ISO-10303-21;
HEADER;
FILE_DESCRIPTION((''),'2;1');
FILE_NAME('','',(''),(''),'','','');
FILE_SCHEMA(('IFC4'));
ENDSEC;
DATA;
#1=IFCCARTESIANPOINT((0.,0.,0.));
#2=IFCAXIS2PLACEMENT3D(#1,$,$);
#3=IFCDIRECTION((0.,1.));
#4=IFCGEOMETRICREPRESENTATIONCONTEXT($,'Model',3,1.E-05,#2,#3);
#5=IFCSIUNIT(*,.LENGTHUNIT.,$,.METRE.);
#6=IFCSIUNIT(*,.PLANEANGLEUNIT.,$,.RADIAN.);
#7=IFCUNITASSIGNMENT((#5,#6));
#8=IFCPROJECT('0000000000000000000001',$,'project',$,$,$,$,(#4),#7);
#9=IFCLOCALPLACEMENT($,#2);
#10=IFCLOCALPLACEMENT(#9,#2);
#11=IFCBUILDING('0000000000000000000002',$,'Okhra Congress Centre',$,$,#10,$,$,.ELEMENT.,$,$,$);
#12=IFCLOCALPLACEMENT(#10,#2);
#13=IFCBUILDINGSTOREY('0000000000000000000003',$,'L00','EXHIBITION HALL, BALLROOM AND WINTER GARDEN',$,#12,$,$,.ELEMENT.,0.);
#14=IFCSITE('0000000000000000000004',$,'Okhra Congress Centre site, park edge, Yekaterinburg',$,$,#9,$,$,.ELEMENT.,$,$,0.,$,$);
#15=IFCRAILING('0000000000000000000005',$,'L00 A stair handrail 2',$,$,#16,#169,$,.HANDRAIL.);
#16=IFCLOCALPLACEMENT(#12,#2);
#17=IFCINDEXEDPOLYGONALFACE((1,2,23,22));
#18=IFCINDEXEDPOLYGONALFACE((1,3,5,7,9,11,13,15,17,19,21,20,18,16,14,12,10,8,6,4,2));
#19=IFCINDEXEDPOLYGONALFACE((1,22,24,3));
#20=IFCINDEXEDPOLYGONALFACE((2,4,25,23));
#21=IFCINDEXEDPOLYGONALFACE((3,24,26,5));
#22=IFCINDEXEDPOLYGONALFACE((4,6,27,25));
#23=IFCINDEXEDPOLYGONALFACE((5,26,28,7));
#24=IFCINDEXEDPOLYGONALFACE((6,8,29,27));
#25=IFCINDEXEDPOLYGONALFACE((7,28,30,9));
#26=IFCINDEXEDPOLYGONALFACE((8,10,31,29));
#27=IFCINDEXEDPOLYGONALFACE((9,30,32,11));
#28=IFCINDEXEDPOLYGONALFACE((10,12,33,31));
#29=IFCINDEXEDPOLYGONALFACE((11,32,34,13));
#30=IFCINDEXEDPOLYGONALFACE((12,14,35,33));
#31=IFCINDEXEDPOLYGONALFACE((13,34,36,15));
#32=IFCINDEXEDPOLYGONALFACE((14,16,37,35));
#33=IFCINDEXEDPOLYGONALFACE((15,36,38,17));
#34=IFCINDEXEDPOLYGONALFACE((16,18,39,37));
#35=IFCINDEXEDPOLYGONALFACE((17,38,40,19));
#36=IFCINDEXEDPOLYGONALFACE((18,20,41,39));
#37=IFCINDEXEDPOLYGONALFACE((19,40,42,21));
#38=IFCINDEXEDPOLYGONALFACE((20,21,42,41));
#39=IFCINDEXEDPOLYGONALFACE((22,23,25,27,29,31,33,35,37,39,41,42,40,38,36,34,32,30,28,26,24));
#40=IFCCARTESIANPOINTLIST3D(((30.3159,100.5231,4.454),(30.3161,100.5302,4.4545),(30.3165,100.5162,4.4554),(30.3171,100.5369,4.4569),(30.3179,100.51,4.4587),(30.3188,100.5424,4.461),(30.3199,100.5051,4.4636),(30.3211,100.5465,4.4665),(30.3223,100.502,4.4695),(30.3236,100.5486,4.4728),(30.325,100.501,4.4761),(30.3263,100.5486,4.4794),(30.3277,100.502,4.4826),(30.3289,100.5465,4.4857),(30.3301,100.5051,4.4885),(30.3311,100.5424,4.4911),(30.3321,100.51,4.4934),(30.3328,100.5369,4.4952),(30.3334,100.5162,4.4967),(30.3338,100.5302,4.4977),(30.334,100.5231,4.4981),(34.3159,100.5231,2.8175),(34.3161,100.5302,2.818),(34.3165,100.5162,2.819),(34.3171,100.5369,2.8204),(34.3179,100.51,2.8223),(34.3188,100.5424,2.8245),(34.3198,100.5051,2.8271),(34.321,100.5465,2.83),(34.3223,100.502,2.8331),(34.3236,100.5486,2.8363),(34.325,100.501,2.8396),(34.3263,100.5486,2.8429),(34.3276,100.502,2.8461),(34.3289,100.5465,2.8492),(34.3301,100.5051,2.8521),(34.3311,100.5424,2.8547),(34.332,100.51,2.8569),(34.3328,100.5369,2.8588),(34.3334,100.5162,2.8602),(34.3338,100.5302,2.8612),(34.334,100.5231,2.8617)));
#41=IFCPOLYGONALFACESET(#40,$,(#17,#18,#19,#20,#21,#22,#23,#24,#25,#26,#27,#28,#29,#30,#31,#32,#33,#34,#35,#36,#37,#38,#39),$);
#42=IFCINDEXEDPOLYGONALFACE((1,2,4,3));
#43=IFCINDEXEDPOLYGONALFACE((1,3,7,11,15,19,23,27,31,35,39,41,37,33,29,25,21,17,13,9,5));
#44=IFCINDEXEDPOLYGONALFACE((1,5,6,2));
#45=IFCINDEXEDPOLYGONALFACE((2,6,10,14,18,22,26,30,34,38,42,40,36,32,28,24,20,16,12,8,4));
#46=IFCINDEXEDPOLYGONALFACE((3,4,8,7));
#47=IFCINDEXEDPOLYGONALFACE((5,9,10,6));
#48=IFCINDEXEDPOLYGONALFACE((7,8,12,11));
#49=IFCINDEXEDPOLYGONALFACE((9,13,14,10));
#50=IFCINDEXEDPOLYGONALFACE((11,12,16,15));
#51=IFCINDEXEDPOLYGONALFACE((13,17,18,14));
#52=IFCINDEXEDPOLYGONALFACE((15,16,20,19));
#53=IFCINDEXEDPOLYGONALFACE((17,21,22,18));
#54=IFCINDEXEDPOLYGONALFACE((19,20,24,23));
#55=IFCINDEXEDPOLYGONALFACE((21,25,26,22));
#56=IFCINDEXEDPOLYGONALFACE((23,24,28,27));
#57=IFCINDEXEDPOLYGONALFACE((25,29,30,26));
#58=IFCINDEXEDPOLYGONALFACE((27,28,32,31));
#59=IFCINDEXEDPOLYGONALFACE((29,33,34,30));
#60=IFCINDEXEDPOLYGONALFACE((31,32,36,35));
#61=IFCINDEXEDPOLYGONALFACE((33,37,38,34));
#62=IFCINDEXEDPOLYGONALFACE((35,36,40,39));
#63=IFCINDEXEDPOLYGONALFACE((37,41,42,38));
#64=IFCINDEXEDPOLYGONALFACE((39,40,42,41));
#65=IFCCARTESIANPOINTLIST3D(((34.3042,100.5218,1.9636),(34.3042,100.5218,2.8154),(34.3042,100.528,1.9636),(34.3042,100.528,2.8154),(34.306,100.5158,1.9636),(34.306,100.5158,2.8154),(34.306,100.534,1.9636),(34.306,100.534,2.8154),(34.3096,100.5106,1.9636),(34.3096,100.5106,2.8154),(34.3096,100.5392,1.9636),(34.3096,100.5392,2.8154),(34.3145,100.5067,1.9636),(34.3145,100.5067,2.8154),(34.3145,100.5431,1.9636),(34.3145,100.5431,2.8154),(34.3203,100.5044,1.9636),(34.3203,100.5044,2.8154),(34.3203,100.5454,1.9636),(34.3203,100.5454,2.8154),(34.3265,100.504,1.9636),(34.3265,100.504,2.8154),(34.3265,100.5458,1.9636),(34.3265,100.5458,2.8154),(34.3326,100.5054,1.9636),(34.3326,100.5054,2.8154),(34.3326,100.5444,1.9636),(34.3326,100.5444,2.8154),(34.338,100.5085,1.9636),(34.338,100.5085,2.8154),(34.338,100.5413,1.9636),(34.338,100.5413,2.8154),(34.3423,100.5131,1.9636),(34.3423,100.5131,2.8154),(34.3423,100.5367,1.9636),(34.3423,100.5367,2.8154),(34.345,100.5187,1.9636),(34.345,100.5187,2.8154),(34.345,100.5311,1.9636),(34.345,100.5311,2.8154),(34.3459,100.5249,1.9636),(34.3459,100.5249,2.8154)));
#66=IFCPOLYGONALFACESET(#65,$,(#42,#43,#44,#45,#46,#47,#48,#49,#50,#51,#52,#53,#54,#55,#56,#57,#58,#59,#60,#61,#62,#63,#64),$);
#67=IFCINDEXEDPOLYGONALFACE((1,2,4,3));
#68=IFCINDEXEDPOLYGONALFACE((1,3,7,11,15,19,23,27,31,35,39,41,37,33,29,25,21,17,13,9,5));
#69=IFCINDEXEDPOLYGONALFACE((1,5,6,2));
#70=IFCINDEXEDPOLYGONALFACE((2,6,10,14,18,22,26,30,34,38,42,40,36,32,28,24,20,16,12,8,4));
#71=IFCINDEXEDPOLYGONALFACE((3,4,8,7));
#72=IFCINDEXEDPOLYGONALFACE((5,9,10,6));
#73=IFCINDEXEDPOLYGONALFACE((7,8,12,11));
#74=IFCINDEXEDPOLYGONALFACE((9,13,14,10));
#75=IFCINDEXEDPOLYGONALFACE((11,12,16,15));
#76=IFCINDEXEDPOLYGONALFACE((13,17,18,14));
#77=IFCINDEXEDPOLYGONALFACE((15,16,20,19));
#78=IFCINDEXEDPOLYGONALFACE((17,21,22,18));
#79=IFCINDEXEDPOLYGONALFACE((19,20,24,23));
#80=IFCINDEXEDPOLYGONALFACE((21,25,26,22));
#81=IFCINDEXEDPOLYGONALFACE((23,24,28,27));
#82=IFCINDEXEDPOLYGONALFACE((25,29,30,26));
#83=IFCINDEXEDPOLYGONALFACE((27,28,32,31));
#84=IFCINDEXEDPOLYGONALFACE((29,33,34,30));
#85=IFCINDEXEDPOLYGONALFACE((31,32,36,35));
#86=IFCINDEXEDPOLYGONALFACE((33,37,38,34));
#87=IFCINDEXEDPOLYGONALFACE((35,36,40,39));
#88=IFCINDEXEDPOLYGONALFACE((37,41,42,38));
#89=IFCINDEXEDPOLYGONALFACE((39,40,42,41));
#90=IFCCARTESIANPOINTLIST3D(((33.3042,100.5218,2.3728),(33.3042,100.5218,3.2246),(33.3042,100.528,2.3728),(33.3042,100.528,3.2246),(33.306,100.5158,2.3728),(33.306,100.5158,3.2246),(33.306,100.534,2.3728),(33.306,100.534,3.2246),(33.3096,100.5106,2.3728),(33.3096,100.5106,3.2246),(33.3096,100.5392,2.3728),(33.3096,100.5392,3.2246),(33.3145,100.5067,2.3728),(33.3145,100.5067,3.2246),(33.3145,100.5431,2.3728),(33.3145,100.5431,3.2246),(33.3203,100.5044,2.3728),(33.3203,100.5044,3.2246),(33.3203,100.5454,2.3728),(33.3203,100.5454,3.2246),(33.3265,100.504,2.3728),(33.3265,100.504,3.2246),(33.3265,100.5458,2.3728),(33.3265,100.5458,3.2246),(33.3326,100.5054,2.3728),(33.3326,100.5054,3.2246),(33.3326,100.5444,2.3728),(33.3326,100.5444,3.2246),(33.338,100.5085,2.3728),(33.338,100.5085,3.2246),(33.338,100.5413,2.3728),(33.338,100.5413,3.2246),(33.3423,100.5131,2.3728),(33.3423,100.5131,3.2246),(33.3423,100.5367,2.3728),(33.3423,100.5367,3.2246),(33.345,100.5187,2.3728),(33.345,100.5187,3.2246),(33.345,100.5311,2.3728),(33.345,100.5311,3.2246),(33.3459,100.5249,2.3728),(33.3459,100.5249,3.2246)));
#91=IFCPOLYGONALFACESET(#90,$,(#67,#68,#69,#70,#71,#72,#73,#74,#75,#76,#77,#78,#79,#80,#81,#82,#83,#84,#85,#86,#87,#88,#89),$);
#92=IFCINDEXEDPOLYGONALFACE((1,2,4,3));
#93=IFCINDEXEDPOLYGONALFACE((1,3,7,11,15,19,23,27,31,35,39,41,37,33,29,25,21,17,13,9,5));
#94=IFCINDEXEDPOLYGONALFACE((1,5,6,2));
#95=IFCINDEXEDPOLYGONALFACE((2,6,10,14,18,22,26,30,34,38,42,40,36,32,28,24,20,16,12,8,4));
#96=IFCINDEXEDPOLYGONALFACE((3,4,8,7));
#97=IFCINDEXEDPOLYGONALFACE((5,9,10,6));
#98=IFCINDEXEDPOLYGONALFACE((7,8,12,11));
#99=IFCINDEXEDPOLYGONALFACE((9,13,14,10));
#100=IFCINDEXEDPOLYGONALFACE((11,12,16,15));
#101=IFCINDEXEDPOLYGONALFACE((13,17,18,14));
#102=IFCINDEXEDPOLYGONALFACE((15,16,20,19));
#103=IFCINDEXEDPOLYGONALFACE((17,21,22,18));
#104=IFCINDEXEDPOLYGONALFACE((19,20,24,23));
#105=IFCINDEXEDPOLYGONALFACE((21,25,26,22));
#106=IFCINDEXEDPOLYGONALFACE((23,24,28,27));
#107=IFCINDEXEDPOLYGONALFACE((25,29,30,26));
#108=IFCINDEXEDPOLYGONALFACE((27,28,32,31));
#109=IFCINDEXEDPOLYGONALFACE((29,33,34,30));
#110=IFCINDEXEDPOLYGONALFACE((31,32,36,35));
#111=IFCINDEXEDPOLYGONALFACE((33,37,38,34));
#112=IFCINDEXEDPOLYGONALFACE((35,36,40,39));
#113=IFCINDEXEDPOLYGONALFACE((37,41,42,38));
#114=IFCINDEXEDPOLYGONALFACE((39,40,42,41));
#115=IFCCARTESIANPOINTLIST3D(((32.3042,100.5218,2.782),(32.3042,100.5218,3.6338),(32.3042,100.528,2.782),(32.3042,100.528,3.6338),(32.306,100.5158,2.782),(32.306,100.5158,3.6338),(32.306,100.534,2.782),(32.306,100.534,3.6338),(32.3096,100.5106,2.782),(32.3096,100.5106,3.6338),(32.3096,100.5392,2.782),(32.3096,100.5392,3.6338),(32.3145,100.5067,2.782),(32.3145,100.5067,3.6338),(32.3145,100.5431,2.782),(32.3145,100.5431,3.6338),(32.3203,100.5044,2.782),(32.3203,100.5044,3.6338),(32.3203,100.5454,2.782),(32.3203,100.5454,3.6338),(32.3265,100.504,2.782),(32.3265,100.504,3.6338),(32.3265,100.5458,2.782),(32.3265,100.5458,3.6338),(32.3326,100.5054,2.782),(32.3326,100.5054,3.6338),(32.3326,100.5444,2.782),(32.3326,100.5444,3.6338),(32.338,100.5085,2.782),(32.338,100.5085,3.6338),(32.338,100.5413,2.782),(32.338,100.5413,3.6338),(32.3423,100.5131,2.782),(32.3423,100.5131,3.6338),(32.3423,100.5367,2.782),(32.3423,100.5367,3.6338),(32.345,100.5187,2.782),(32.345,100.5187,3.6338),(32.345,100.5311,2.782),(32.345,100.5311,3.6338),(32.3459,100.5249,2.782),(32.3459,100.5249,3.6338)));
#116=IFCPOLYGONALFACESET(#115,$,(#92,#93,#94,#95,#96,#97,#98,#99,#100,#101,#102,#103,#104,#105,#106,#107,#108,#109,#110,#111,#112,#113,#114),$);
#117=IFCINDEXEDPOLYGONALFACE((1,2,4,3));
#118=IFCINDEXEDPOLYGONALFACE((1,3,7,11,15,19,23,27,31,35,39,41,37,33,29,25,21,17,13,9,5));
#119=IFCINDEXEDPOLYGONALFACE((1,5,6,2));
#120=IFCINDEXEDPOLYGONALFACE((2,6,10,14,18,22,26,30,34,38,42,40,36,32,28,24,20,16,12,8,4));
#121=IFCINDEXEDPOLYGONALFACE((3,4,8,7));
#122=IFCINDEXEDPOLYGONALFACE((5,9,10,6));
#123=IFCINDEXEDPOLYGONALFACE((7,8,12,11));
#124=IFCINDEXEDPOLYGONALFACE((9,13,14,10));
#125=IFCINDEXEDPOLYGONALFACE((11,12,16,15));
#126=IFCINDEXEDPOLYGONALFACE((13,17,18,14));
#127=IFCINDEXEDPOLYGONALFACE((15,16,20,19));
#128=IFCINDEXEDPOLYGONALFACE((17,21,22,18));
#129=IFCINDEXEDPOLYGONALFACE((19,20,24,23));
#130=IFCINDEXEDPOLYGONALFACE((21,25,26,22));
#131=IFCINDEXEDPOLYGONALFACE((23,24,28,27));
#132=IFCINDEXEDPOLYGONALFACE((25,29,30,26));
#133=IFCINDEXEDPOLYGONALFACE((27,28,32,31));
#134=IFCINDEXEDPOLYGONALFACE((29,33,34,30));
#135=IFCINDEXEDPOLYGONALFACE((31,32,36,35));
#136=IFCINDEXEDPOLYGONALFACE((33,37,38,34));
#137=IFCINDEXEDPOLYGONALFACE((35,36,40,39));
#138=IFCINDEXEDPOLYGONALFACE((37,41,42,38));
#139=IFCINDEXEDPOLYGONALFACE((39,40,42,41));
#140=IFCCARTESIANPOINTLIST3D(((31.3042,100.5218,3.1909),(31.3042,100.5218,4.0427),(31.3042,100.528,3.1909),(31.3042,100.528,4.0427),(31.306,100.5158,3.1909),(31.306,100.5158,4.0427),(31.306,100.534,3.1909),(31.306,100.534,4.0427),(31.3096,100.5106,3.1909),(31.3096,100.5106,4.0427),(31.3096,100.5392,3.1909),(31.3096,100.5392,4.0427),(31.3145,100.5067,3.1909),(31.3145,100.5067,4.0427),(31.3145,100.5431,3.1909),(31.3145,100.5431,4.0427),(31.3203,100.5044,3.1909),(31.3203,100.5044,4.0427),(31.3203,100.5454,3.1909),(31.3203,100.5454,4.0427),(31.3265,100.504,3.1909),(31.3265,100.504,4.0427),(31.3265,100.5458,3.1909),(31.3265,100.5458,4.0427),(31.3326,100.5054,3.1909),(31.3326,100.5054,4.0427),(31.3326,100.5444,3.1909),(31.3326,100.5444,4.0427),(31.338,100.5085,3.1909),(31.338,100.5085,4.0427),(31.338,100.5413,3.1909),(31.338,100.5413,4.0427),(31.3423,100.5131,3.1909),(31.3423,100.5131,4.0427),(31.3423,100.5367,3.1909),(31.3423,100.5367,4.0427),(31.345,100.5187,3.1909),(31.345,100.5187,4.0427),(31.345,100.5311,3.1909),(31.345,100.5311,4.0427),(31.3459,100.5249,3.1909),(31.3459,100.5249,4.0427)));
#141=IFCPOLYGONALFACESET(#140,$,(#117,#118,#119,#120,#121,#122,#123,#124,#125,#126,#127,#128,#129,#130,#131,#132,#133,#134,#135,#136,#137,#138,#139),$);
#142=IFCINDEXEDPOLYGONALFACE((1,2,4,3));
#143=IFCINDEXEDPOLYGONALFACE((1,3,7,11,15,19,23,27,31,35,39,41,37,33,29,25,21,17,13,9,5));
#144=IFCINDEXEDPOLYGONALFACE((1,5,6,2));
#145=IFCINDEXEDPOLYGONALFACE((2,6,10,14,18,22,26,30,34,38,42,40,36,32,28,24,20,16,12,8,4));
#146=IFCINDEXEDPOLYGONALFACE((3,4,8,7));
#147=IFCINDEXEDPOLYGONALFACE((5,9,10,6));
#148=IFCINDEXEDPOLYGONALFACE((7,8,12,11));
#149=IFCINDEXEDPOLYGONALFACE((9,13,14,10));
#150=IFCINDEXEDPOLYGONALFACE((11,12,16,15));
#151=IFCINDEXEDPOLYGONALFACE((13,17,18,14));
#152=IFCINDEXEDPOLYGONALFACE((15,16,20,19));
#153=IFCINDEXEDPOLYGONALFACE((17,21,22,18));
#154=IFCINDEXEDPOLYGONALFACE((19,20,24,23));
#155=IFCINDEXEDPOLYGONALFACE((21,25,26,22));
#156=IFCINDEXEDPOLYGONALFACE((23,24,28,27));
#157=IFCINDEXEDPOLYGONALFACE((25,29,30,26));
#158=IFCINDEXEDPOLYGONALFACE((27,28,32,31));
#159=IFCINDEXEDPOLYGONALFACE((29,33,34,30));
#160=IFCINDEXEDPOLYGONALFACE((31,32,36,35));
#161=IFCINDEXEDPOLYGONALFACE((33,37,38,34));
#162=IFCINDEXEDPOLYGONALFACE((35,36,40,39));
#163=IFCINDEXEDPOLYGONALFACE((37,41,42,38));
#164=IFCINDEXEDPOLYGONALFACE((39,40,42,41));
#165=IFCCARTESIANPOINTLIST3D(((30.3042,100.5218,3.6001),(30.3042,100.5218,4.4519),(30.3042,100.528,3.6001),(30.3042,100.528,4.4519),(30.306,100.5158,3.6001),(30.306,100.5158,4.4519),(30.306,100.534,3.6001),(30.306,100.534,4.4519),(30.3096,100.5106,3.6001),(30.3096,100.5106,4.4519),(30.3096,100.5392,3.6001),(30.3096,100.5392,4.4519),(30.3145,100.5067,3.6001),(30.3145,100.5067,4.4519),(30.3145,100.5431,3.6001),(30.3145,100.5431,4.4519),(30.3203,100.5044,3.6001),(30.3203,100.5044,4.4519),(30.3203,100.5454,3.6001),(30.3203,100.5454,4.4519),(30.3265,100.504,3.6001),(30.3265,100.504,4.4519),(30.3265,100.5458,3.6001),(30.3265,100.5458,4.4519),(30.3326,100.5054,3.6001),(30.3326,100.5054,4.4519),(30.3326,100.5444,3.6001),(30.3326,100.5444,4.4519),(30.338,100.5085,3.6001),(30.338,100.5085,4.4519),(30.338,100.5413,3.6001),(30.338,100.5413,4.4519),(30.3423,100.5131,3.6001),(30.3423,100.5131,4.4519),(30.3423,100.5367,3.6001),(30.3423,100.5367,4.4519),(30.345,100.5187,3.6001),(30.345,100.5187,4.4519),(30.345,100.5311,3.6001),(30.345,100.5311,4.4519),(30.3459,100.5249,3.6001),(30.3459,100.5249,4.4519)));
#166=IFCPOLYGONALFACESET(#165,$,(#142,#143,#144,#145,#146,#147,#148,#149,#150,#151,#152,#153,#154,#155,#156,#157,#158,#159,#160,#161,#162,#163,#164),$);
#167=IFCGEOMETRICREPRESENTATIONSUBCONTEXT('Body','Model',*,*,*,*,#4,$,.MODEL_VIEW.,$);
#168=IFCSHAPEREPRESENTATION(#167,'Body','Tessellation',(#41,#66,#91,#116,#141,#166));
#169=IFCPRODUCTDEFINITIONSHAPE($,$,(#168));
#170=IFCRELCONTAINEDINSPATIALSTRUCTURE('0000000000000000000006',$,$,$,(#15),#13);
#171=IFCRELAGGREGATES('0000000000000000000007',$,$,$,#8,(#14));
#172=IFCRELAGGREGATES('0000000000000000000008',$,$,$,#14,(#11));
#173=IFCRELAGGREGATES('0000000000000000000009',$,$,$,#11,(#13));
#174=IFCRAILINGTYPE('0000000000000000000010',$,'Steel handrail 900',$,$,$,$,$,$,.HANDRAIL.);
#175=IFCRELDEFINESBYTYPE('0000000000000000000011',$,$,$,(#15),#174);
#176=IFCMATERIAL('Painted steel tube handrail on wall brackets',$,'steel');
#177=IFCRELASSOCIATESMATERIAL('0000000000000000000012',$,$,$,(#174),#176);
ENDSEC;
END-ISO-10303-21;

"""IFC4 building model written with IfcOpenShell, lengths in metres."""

from ifc_helpers import new_model, si_unit, direction, frame, origin, origin_2d, place, context, subcontext, project, spatial, circle, extrude, material, type_object, element, save


model = new_model("IFC4")

# Units and contexts
model_context = context("Model", 3, precision=1e-05, world=origin(), true_north=direction((0.0, 1.0)))
body_context = subcontext(model_context, "Body", "Model", "MODEL_VIEW")
ifc_project = project(units=[si_unit("LENGTHUNIT", "METRE"), si_unit("PLANEANGLEUNIT", "RADIAN")], contexts=[model_context])

# Site, building, storey
site_placement = place(None, origin())
site = spatial("IfcSite", under=ifc_project, at=site_placement, Name="Okhra Congress Centre site, park edge, Yekaterinburg", CompositionType="ELEMENT", RefElevation=0.0)
building_placement = place(site_placement, origin())
building = spatial("IfcBuilding", under=site, at=building_placement, Name="Okhra Congress Centre", CompositionType="ELEMENT")
storey_placement = place(building_placement, origin())
storey = spatial("IfcBuildingStorey", under=building, at=storey_placement, Name="L00", Description="EXHIBITION HALL, BALLROOM AND WINTER GARDEN", CompositionType="ELEMENT", Elevation=0.0)

# Railing
ifc_material_1 = material(Name="Painted steel tube handrail on wall brackets", Category="steel")
railing_type_1 = type_object("IfcRailingType", Name="Steel handrail 900", PredefinedType="HANDRAIL", material=ifc_material_1)
railing_1_placement = place(storey_placement, frame((34.325, 100.5249, 1.9636)))
element("IfcRailing", 1, at=railing_1_placement, inside=storey, type_object=railing_type_1, Name="L00 A stair handrail 2", PredefinedType="HANDRAIL", context=body_context, shape_type="SweptSolid", body=[
    extrude(circle(Radius=0.0239, at=origin_2d()), frame((0.0, 0.0, 0.876), z_axis=(-0.925538, 0.0, 0.378655), x_axis=(0.0, -1.0, 0.0)), (0.0, 0.0, 1.0), 4.3218),
    extrude(circle(Radius=0.021, at=origin_2d()), origin(), (0.0, 0.0, 1.0), 0.8518),
    extrude(circle(Radius=0.021, at=origin_2d()), frame((-1.0, 0.0, 0.4092)), (0.0, 0.0, 1.0), 0.8518),
    extrude(circle(Radius=0.021, at=origin_2d()), frame((-2.0, 0.0, 0.8184)), (0.0, 0.0, 1.0), 0.8518),
    extrude(circle(Radius=0.021, at=origin_2d()), frame((-3.0, 0.0, 1.2273)), (0.0, 0.0, 1.0), 0.8518),
    extrude(circle(Radius=0.021, at=origin_2d()), frame((-4.0, 0.0, 1.6365)), (0.0, 0.0, 1.0), 0.8518),
])

save(model, "model.ifc")
